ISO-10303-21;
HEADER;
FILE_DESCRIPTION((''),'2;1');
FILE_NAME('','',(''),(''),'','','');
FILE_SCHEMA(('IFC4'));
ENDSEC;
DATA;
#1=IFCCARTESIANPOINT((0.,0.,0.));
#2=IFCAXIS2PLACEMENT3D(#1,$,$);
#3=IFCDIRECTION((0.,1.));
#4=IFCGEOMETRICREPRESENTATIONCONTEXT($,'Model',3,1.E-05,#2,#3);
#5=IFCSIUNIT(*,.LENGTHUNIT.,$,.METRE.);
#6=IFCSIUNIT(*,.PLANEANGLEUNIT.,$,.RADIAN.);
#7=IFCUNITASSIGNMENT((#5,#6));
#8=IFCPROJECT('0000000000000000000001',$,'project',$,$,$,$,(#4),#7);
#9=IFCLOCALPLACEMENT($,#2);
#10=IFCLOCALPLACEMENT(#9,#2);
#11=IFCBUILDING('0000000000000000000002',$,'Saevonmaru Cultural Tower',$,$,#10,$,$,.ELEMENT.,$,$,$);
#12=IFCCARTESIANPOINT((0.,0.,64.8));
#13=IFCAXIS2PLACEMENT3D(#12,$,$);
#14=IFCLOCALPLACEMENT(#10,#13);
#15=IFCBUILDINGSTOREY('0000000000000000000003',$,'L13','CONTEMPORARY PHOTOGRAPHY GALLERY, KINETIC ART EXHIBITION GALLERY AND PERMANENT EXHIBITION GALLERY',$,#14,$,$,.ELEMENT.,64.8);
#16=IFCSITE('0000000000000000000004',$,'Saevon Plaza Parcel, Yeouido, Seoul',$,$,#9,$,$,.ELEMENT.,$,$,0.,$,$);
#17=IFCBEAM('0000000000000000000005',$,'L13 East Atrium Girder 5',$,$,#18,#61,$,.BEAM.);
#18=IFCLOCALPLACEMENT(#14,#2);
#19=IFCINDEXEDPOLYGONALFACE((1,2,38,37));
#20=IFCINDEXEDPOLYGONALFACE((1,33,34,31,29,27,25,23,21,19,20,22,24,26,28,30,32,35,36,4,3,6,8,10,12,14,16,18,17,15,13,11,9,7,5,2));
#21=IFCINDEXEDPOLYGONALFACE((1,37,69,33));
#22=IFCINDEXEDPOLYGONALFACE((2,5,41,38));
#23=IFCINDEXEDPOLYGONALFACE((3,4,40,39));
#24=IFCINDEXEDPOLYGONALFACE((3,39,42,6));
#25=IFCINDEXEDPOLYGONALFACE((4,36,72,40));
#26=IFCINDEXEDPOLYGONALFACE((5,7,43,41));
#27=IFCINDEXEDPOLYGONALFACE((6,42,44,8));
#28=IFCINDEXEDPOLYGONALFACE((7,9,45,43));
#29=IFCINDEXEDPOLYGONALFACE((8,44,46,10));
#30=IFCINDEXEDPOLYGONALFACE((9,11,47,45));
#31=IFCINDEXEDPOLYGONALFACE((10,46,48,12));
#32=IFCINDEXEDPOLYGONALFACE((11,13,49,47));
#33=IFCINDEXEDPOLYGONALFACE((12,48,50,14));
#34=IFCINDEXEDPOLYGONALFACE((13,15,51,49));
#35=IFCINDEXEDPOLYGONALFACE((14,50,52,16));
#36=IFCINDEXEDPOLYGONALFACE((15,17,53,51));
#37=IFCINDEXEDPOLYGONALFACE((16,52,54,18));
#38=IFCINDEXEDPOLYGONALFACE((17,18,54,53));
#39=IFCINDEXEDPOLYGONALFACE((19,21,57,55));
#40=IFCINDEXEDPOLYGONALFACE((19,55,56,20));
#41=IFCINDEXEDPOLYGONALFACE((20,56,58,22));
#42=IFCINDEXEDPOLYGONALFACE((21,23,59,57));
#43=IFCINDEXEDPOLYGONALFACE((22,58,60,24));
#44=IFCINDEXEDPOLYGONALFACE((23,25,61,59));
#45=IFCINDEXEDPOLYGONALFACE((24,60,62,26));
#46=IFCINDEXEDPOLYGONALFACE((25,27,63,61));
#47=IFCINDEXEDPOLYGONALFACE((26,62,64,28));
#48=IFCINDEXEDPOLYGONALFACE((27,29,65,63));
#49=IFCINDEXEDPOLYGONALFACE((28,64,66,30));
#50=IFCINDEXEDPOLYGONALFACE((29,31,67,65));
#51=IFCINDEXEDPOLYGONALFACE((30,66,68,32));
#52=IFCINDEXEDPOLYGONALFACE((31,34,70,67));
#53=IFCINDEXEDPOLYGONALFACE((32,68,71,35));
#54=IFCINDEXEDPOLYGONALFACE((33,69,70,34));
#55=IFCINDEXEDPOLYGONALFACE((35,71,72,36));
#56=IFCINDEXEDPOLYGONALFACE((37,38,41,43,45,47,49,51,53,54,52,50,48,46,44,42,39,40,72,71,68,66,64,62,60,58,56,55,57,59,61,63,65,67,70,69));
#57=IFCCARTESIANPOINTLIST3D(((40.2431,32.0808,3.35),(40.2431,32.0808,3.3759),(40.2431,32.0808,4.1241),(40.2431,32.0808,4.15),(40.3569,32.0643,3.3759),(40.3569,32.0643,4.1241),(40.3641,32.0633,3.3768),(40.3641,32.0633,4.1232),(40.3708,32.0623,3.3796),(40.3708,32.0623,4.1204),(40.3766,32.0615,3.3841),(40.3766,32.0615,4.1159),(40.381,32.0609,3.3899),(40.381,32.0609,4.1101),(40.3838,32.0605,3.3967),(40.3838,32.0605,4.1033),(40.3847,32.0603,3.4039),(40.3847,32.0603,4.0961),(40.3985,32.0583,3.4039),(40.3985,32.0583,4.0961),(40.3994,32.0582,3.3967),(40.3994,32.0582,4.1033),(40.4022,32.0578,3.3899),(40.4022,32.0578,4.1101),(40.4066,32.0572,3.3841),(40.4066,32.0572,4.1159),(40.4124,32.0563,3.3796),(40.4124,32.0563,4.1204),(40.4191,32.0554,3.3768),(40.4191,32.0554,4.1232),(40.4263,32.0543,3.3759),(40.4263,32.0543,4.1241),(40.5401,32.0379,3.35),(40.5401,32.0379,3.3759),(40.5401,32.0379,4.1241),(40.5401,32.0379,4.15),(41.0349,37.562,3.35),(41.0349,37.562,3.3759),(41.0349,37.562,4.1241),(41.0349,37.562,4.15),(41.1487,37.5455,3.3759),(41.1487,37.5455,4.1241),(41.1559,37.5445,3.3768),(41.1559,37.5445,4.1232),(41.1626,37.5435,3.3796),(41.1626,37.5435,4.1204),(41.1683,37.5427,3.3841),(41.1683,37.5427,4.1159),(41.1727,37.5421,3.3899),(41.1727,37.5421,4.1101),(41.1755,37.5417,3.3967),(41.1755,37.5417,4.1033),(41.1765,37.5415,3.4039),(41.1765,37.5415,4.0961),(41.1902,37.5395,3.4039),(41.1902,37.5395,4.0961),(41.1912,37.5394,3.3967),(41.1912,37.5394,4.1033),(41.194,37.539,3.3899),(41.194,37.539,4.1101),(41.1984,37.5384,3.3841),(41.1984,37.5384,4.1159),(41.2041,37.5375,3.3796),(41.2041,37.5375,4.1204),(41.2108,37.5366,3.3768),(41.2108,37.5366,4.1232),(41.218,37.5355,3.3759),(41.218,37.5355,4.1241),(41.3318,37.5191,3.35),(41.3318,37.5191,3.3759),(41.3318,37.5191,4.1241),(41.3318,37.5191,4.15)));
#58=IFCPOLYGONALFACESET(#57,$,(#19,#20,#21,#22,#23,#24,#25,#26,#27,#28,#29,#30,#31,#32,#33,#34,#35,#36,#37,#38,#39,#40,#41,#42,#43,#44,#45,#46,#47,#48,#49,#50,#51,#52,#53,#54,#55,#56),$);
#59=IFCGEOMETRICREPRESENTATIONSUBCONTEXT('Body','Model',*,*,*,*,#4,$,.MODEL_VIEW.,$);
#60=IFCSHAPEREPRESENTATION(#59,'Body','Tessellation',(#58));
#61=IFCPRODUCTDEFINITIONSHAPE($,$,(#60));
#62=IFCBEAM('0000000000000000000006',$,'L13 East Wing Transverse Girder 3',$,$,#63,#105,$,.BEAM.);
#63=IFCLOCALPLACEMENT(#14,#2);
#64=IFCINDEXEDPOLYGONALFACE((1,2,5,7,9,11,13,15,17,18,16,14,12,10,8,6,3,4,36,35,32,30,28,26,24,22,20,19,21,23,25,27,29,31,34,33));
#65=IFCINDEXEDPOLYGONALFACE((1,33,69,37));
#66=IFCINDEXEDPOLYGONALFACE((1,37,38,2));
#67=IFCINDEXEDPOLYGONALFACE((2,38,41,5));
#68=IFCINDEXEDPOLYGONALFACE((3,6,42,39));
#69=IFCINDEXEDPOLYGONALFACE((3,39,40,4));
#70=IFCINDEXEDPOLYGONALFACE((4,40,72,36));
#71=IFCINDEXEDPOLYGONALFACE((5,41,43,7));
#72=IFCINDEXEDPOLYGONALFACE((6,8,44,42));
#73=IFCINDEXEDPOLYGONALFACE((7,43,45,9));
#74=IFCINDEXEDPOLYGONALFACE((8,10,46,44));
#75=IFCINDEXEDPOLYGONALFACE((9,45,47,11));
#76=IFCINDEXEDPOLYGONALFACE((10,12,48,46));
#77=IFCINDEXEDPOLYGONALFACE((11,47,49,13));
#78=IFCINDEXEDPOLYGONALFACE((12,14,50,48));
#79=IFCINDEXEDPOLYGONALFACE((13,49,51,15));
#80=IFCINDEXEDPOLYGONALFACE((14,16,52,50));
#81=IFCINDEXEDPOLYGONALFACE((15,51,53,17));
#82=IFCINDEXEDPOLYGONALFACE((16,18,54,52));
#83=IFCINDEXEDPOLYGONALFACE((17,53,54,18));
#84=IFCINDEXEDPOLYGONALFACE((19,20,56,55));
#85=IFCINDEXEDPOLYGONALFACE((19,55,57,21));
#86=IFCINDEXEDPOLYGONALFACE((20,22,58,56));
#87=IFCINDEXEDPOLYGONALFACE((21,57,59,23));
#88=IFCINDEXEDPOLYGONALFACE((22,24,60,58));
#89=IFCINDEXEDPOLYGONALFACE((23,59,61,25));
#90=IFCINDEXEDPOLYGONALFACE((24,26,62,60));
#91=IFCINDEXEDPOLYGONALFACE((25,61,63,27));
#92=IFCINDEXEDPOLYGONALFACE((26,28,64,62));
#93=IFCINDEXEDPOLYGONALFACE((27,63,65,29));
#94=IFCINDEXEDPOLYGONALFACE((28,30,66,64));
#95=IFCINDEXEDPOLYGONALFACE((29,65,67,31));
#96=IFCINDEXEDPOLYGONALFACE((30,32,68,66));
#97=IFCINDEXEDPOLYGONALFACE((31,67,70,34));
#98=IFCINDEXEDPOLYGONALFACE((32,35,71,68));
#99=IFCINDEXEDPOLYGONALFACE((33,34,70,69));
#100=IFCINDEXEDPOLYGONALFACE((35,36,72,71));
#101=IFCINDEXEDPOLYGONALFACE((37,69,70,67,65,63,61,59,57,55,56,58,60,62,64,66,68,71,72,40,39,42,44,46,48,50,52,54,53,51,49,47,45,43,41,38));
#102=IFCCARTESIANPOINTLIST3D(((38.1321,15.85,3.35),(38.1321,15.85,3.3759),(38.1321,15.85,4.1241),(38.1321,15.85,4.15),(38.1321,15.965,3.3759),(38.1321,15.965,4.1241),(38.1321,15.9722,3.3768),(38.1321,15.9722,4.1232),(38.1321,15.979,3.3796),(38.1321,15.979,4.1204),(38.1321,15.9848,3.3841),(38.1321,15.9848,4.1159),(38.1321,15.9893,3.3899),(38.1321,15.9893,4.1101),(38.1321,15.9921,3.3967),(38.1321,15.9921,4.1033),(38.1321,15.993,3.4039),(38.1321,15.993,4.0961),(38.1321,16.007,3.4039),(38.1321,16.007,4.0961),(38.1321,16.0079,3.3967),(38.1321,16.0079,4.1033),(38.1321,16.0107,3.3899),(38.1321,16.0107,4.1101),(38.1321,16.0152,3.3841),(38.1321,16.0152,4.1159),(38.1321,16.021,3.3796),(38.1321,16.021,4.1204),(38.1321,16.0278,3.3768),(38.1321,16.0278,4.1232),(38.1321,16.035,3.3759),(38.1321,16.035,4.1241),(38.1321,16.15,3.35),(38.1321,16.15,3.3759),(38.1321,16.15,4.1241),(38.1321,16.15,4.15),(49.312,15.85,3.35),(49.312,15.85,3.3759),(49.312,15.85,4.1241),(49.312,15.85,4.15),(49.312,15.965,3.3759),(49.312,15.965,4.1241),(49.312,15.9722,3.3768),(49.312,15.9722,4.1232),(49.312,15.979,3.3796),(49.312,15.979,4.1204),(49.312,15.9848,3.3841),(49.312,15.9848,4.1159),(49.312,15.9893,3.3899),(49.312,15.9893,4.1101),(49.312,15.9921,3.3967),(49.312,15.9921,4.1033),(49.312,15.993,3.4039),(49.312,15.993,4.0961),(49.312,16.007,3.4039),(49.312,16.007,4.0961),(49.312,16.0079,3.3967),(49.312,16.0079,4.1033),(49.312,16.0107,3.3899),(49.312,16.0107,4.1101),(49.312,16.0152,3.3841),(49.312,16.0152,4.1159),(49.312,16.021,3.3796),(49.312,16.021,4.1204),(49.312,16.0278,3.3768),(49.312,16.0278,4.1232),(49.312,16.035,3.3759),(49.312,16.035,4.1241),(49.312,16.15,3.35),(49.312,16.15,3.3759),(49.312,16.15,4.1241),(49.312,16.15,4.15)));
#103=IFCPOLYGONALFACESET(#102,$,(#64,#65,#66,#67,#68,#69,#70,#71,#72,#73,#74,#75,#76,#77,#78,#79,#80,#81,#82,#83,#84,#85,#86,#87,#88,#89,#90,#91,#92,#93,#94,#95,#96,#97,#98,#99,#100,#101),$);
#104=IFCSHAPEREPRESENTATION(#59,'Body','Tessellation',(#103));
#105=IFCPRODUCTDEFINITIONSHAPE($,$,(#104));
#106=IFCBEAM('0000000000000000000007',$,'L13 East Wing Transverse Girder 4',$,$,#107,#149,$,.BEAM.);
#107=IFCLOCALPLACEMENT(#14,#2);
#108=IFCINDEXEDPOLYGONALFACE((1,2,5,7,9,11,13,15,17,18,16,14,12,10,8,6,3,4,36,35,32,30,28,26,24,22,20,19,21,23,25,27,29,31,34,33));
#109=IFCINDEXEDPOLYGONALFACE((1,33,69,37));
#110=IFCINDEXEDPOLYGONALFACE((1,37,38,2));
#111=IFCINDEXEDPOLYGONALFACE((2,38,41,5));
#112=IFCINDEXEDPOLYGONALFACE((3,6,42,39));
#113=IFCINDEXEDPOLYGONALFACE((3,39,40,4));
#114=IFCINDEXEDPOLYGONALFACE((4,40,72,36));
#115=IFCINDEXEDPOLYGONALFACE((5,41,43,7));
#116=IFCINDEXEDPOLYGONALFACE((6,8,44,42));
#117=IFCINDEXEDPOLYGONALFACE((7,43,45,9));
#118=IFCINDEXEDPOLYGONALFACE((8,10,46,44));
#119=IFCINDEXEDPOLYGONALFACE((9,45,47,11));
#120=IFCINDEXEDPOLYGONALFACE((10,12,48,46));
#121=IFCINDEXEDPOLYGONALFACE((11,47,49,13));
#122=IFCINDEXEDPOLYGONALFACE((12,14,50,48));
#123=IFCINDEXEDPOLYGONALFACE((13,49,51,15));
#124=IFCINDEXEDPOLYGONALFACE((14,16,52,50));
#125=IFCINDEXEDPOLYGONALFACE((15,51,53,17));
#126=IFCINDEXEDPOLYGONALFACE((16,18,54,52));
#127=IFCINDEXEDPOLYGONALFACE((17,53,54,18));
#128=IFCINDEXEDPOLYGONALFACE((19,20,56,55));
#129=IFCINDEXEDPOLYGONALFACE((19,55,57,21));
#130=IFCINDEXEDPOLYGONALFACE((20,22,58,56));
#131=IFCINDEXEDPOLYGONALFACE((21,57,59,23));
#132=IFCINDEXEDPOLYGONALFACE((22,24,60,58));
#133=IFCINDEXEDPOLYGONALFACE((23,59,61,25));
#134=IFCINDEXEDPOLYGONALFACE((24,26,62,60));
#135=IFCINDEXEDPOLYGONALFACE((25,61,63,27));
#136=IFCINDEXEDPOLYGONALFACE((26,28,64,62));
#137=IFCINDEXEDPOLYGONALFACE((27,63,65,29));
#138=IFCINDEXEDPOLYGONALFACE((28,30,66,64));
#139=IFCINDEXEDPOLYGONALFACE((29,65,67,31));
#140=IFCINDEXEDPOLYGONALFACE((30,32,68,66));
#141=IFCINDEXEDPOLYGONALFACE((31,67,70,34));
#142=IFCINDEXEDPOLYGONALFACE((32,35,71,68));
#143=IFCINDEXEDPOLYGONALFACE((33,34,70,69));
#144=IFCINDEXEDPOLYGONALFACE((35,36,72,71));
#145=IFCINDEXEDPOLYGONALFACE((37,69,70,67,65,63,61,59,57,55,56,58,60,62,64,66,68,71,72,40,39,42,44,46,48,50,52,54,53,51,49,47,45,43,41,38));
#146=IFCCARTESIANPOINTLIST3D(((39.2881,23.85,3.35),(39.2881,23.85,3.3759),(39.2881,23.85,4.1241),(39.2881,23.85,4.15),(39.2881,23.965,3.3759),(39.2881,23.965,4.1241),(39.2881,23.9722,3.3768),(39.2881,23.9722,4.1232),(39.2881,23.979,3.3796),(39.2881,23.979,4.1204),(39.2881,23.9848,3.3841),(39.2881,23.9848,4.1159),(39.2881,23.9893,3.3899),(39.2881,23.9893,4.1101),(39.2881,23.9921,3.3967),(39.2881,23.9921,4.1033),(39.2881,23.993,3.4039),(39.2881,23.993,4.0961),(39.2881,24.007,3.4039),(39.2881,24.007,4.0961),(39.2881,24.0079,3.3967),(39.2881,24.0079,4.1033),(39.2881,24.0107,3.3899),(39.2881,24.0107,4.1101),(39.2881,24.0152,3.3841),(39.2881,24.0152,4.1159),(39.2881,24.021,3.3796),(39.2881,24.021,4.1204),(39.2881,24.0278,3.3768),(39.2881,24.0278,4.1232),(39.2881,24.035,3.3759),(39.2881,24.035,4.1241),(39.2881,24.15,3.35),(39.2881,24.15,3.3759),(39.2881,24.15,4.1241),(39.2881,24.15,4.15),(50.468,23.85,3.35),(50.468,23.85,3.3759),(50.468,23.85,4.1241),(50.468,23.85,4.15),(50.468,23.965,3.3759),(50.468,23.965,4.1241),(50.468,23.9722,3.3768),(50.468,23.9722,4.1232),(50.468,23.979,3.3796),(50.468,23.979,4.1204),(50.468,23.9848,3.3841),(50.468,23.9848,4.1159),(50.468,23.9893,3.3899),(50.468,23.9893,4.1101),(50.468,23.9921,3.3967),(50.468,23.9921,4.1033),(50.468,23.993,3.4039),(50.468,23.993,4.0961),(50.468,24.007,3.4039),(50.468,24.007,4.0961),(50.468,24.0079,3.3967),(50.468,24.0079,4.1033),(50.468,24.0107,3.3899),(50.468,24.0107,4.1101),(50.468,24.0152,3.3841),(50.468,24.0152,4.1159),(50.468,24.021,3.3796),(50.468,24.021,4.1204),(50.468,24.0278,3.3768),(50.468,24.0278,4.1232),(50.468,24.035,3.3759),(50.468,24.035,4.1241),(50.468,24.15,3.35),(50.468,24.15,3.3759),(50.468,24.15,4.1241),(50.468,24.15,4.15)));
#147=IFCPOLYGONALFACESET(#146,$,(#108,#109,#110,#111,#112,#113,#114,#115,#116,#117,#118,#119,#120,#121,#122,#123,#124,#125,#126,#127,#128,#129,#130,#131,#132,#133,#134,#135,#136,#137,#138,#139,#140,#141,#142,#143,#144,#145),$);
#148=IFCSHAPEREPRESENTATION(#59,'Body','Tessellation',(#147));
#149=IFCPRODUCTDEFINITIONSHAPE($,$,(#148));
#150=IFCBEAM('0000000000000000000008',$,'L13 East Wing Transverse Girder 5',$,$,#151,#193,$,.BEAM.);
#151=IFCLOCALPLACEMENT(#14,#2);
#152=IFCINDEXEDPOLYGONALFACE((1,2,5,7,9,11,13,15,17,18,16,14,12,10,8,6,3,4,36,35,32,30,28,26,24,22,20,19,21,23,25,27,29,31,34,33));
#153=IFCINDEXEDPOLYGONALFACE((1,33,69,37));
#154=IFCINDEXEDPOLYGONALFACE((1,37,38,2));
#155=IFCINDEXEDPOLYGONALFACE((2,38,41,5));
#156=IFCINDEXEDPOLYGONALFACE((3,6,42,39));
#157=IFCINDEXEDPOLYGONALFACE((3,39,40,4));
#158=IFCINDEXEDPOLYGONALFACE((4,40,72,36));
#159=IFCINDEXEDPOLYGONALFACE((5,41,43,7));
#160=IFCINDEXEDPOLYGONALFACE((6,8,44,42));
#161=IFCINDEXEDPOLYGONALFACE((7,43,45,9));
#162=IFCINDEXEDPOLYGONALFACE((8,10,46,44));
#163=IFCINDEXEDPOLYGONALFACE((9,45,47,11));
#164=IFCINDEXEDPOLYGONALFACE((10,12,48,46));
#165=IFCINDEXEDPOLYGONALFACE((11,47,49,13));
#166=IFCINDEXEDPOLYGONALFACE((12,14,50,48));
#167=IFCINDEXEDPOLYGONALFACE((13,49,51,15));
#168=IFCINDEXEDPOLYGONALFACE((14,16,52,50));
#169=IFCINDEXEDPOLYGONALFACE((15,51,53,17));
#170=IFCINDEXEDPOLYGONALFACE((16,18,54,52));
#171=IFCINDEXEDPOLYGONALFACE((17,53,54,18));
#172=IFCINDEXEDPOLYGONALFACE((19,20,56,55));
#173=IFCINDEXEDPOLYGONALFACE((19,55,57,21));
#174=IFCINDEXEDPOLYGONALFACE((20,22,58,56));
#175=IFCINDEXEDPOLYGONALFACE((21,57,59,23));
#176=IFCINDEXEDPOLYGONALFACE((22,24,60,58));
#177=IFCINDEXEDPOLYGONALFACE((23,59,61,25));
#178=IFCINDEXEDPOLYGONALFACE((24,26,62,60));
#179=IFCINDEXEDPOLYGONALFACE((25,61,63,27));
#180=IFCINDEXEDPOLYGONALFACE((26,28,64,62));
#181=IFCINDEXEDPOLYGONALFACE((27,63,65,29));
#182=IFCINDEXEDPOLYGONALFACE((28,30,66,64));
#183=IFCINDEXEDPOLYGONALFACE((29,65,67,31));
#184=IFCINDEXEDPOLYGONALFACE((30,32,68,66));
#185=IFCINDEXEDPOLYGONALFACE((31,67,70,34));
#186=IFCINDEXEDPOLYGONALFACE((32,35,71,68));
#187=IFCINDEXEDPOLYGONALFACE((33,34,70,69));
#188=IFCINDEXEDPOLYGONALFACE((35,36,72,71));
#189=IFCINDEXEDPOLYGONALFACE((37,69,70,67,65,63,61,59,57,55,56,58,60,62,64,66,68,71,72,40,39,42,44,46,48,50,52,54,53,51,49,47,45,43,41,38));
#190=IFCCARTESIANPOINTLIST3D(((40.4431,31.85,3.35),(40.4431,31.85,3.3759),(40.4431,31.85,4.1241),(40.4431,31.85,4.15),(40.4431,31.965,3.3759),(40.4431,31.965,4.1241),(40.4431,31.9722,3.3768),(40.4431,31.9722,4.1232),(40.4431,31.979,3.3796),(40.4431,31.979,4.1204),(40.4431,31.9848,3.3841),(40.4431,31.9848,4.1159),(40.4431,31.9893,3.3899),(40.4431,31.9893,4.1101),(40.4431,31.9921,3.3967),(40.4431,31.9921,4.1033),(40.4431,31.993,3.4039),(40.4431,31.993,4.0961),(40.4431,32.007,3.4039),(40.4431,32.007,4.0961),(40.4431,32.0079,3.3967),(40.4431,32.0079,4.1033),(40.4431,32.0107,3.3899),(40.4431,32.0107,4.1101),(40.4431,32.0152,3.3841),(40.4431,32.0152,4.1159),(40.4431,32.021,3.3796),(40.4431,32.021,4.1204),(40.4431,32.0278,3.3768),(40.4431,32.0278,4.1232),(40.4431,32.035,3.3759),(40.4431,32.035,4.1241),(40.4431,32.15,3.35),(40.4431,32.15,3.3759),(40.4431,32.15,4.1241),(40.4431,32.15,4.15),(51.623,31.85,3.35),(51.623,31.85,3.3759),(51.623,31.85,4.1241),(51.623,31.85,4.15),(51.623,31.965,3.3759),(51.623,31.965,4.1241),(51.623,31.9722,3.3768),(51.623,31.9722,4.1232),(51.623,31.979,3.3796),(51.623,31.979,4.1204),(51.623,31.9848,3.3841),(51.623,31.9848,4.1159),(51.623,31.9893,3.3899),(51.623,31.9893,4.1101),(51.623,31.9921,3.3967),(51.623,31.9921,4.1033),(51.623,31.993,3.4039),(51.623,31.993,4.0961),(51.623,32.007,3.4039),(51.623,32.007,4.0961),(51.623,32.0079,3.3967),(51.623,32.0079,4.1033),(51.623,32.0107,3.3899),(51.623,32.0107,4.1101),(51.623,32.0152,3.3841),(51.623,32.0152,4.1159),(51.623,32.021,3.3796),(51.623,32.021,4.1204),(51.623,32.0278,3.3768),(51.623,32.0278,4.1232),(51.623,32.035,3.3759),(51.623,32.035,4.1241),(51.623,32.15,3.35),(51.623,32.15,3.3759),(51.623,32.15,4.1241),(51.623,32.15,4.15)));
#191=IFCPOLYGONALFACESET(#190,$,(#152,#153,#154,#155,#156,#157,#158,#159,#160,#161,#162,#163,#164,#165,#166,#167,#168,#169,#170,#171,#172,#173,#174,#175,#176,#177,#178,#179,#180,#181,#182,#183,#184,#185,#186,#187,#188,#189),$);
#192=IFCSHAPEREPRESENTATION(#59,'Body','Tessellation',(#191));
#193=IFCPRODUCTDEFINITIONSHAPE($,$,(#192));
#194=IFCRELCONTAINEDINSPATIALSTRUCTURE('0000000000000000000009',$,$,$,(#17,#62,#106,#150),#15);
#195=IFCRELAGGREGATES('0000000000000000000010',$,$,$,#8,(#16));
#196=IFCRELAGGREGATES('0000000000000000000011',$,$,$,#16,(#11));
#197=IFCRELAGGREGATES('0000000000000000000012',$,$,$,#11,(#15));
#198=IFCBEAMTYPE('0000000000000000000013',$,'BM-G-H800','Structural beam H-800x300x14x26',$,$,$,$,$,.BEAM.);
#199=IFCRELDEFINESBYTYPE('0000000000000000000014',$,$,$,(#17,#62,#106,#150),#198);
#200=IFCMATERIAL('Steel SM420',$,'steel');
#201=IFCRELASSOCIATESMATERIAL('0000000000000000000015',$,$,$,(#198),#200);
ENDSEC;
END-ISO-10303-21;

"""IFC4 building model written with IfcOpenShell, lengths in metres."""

from ifc_helpers import new_model, si_unit, direction, frame, origin, origin_2d, place, context, subcontext, project, spatial, i_section, extrude, material, material_profile, profile_set, type_object, element, save


model = new_model("IFC4")

# Units and contexts
model_context = context("Model", 3, precision=1e-05, world=origin(), true_north=direction((0.0, 1.0)))
body_context = subcontext(model_context, "Body", "Model", "MODEL_VIEW")
ifc_project = project(units=[si_unit("LENGTHUNIT", "METRE"), si_unit("PLANEANGLEUNIT", "RADIAN")], contexts=[model_context])

# Site, building, storey
site_placement = place(None, origin())
site = spatial("IfcSite", under=ifc_project, at=site_placement, Name="Saevon Plaza Parcel, Yeouido, Seoul", CompositionType="ELEMENT", RefElevation=0.0)
building_placement = place(site_placement, origin())
building = spatial("IfcBuilding", under=site, at=building_placement, Name="Saevonmaru Cultural Tower", CompositionType="ELEMENT")
storey_placement = place(building_placement, frame((0.0, 0.0, 64.8)))
storey = spatial("IfcBuildingStorey", under=building, at=storey_placement, Name="L13", Description="CONTEMPORARY PHOTOGRAPHY GALLERY, KINETIC ART EXHIBITION GALLERY AND PERMANENT EXHIBITION GALLERY", CompositionType="ELEMENT", Elevation=64.8)

# Shared definitions
ifc_material_1 = material(Name="Steel SM420", Category="steel")

# Beams
ifc_material_profile_1 = material_profile(ifc_material_1, i_section(OverallWidth=0.3, OverallDepth=0.8, WebThickness=0.0139, FlangeThickness=0.0259, FilletRadius=0.0281, at=origin_2d()), Name="H-800x300x14x26")
ifc_profile_set_1 = profile_set([ifc_material_profile_1], Name="Steel SM420")
beam_type_1 = type_object("IfcBeamType", Name="BM-G-H800", Description="Structural beam H-800x300x14x26", PredefinedType="BEAM", material=ifc_profile_set_1)
beam_1_placement = place(storey_placement, frame((40.3916, 32.0593, 3.75), z_axis=(0.142964, 0.989728, 0.0), x_axis=(-0.989728, 0.142964, 0.0)))
element("IfcBeam", 1, at=beam_1_placement, inside=storey, type_object=beam_type_1, Name="L13 East Atrium Girder 5", PredefinedType="BEAM", context=body_context, shape_type="SweptSolid", body=[
    extrude(i_section(OverallWidth=0.3, OverallDepth=0.8, WebThickness=0.0139, FlangeThickness=0.0259, FilletRadius=0.0281, at=origin_2d()), origin(), (0.0, 0.0, 1.0), 5.5381),
])
for number, where, z_axis, x_axis, name in (
    (2, (38.1321, 16.0, 3.75), (1.0, 0.0, 0.0), (0.0, 1.0, 0.0), "L13 East Wing Transverse Girder 3"),
    (3, (39.2881, 24.0, 3.75), (1.0, 0.0, 0.0), (0.0, 1.0, 0.0), "L13 East Wing Transverse Girder 4"),
    (4, (40.4431, 32.0, 3.75), (1.0, 0.0, 0.0), (0.0, 1.0, 0.0), "L13 East Wing Transverse Girder 5"),
):
    element("IfcBeam", number, at=place(storey_placement, frame(where, z_axis=z_axis, x_axis=x_axis)), inside=storey, type_object=beam_type_1, Name=name, PredefinedType="BEAM", context=body_context, shape_type="SweptSolid", body=[
        extrude(i_section(OverallWidth=0.3, OverallDepth=0.8, WebThickness=0.0139, FlangeThickness=0.0259, FilletRadius=0.0281, at=origin_2d()), origin(), (0.0, 0.0, 1.0), 11.1799),
    ])

save(model, "model.ifc")
